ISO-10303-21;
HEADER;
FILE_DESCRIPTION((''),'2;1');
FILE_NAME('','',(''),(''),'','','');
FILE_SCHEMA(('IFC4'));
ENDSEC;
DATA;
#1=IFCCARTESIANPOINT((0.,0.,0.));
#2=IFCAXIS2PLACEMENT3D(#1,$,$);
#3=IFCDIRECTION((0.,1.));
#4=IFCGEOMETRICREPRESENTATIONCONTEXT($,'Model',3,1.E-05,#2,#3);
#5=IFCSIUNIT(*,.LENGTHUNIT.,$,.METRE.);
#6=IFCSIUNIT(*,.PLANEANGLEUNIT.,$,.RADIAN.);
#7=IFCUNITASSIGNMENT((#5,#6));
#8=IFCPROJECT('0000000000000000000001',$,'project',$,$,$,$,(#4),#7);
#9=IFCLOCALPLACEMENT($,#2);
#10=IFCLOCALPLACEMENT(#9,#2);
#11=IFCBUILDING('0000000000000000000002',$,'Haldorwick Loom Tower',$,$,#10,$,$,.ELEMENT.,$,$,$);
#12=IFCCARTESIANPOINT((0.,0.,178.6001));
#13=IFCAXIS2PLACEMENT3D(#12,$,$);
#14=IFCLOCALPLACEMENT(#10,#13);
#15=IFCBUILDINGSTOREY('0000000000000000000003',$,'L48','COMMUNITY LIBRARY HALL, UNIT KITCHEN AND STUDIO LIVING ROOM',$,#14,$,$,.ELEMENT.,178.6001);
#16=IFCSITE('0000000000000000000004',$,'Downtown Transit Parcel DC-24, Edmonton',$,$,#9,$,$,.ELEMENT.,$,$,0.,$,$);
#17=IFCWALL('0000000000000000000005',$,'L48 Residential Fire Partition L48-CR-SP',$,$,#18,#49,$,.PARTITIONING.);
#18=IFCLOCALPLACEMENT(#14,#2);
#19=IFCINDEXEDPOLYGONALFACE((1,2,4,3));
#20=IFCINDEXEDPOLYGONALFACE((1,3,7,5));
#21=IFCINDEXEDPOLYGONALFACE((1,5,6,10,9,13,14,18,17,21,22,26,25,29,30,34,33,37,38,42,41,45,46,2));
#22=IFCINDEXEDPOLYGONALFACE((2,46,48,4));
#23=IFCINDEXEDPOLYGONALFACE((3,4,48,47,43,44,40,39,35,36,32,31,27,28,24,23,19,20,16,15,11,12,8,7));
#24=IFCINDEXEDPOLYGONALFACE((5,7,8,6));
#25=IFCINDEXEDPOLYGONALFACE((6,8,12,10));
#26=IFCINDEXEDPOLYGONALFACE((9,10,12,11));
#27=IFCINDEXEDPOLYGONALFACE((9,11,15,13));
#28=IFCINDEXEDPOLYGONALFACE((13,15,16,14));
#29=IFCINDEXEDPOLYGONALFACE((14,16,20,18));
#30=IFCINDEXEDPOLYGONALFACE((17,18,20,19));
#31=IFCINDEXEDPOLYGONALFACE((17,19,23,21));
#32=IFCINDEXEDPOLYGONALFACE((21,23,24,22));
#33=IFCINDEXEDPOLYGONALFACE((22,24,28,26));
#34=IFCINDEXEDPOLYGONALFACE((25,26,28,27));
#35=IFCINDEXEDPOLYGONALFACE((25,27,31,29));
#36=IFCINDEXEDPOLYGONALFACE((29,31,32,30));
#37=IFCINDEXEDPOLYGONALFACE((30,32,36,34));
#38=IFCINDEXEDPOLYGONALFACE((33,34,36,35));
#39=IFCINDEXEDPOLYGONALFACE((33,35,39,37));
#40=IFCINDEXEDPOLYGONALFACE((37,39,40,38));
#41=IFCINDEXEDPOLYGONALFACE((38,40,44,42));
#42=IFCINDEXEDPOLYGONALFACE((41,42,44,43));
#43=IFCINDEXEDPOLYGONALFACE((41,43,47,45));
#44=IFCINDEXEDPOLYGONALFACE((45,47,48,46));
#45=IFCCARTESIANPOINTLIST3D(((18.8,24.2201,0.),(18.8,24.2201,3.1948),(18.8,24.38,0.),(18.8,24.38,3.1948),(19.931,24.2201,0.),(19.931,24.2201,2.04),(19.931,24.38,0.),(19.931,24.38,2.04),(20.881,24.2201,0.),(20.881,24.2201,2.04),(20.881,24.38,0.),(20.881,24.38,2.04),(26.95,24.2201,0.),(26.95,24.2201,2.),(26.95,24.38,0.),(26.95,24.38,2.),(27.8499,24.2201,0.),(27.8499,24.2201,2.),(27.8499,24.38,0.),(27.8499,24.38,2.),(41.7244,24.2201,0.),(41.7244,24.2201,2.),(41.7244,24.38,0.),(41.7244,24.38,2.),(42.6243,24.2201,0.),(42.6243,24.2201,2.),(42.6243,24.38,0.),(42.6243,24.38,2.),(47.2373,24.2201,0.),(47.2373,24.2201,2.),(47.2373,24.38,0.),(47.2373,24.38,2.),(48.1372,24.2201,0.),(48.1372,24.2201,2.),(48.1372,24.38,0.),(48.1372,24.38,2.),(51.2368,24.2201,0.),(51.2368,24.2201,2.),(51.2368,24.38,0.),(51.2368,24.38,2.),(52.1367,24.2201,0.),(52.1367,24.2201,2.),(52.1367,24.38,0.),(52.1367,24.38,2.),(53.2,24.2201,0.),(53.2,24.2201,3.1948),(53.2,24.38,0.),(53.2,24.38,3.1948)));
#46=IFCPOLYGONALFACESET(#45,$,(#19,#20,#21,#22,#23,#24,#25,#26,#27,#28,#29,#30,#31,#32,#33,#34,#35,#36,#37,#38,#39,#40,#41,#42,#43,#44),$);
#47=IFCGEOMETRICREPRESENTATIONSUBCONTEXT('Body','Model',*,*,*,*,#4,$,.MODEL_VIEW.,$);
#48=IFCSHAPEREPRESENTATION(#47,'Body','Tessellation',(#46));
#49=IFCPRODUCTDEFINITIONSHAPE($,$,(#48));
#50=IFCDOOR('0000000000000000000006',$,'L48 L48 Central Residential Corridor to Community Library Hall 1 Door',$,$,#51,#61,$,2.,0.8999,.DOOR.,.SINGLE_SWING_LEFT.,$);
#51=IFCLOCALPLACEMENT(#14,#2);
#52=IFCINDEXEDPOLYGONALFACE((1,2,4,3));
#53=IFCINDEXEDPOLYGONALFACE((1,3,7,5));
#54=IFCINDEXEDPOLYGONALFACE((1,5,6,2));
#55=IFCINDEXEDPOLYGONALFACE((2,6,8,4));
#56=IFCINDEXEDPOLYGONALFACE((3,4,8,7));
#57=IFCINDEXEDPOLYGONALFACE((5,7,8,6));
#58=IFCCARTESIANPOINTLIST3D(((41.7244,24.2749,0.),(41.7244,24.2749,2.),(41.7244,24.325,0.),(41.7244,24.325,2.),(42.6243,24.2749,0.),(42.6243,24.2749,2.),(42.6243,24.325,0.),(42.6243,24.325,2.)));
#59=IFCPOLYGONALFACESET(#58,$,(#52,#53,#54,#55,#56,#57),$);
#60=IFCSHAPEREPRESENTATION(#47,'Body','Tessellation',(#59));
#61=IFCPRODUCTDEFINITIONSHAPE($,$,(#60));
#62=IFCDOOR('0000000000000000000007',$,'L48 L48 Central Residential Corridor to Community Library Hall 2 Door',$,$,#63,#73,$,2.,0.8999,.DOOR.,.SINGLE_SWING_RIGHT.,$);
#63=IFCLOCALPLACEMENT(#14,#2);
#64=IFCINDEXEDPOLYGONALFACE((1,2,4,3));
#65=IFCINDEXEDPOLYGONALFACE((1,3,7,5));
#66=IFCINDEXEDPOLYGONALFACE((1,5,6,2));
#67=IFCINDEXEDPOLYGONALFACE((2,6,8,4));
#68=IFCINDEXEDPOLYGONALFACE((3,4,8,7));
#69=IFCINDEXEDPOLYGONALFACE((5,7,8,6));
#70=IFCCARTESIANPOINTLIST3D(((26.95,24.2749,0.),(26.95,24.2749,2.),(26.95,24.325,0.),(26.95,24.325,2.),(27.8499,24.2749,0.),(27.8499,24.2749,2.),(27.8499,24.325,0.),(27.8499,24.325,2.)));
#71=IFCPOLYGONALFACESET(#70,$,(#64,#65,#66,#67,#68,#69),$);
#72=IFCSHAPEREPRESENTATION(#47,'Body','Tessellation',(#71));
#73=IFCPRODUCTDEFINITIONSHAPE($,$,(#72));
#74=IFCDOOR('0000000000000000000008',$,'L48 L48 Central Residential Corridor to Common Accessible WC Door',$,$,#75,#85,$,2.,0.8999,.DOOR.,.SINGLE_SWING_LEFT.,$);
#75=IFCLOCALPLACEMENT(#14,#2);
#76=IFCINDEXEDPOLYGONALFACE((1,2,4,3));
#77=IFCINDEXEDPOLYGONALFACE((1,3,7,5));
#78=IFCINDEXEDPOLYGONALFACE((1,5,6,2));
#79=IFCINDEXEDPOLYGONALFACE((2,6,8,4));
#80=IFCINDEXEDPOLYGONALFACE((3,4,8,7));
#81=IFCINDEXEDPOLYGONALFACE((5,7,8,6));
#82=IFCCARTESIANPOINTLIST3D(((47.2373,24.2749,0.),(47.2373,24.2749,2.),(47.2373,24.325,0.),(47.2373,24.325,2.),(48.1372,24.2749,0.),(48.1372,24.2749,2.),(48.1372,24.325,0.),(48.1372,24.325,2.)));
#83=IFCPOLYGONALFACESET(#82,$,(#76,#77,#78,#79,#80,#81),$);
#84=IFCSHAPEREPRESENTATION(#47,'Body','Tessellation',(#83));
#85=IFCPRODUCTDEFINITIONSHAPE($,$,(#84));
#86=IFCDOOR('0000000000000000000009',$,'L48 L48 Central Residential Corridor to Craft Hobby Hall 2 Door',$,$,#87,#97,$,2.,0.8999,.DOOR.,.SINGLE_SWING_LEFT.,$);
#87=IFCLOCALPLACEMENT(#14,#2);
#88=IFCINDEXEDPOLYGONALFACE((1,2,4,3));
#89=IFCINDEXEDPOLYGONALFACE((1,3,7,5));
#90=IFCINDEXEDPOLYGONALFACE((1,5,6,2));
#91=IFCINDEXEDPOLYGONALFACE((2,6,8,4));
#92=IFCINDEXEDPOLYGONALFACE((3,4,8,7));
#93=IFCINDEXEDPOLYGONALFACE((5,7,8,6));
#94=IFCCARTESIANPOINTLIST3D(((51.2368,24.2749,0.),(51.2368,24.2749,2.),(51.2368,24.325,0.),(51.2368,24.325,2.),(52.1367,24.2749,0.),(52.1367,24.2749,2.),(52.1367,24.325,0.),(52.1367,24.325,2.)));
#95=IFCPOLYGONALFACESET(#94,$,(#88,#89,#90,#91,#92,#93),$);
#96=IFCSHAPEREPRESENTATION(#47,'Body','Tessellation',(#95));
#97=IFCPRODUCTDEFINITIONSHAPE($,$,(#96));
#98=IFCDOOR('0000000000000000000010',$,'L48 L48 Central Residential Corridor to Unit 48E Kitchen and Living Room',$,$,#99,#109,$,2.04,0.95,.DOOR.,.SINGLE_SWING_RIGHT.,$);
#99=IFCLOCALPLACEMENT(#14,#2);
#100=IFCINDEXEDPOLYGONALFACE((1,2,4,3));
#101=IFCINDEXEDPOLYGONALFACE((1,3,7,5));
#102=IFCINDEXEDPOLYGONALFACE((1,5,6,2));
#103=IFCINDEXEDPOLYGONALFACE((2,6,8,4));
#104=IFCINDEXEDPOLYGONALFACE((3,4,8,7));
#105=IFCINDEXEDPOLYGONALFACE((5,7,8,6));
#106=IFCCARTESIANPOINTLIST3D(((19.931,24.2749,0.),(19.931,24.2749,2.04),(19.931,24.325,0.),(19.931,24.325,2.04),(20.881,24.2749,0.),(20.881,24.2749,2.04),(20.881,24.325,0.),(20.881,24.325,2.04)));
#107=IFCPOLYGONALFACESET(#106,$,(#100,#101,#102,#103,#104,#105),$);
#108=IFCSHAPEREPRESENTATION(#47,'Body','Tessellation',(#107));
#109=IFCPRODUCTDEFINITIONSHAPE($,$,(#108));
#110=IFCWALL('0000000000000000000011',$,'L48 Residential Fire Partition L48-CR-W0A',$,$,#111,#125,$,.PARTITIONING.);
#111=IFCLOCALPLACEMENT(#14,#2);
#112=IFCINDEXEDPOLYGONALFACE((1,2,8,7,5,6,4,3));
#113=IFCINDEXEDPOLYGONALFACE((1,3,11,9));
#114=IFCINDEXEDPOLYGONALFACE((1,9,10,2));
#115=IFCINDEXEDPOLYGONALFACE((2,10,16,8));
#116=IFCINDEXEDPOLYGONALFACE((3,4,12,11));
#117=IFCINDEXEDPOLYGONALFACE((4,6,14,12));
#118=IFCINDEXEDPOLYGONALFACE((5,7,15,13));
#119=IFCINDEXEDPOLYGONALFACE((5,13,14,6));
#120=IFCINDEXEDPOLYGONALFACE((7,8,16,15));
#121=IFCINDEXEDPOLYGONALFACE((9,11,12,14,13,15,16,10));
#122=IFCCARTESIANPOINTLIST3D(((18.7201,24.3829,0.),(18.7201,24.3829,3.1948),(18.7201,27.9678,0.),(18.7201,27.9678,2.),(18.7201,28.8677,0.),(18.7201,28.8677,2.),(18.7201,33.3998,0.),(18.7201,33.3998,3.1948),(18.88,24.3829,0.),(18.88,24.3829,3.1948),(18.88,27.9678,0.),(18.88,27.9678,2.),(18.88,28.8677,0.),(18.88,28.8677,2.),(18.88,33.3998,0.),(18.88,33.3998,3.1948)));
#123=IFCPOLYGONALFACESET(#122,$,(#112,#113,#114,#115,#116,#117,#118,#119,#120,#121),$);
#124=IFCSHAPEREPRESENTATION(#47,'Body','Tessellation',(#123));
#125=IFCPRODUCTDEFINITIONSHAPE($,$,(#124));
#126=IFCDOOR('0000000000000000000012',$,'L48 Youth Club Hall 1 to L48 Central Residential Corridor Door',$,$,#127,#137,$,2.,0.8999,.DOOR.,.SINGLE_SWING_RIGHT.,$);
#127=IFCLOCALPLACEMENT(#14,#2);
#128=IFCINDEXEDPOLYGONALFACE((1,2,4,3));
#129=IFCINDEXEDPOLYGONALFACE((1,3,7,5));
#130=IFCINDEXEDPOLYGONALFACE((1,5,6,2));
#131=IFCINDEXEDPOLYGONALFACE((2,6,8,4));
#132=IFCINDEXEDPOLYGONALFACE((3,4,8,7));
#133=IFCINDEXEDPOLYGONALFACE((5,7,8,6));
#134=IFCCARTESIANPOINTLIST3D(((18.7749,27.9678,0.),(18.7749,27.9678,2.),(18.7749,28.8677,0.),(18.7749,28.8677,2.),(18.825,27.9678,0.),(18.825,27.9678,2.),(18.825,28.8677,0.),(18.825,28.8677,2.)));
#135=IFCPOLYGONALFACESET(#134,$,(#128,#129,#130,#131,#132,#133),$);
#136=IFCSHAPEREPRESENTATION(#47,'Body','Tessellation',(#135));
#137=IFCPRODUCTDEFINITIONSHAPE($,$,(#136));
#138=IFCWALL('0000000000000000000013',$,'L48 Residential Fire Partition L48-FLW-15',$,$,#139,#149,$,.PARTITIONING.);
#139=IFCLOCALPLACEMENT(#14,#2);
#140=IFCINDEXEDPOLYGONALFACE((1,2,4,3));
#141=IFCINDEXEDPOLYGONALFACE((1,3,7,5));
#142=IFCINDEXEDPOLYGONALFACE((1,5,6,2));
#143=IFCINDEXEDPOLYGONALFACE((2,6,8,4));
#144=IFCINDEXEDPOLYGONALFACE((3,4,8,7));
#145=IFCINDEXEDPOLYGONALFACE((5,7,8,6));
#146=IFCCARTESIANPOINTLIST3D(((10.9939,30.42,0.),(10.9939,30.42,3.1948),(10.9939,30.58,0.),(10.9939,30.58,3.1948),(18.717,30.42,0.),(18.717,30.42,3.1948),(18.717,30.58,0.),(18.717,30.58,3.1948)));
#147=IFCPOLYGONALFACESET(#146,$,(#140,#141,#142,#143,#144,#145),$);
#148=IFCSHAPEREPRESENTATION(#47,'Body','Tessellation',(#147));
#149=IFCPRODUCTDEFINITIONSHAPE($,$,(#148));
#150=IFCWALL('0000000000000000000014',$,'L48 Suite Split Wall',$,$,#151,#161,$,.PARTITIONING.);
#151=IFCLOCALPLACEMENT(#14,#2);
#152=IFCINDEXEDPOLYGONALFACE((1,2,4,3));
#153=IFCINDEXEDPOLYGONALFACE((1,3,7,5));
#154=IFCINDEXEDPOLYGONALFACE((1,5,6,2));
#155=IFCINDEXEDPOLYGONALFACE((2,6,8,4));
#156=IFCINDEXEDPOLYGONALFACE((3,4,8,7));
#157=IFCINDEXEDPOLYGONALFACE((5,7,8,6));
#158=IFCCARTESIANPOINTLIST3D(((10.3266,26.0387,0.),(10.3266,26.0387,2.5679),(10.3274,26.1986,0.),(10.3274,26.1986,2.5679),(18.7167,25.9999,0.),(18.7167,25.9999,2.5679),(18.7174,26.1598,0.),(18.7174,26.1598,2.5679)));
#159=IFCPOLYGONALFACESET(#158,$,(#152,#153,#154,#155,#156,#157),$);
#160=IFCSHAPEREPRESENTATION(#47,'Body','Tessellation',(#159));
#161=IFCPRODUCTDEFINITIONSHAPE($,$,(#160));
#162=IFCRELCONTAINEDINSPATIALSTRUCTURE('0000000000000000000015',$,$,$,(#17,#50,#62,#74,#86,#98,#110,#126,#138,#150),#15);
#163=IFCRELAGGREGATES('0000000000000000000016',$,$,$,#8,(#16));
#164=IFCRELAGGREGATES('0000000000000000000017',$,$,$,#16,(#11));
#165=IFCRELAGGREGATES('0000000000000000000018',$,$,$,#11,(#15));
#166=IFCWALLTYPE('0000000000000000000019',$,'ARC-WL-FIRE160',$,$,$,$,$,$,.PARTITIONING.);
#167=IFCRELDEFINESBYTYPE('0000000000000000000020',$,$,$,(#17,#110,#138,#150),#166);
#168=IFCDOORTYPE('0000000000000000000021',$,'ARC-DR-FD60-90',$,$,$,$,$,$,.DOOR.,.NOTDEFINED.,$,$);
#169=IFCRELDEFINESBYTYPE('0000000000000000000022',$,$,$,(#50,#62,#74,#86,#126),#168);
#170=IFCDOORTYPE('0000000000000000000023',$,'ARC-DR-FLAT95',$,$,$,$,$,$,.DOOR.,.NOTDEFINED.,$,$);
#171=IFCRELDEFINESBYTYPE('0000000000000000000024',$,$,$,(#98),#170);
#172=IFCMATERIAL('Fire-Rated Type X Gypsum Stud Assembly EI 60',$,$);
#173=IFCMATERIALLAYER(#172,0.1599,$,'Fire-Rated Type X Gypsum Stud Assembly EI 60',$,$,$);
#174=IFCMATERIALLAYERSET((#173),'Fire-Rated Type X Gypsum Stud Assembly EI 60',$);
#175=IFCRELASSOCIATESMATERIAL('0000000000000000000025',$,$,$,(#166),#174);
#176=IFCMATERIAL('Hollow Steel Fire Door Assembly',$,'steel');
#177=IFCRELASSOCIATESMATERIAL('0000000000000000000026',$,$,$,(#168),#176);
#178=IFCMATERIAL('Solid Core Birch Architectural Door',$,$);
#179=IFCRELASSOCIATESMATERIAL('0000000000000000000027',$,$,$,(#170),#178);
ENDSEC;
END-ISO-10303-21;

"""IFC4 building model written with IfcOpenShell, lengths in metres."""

from ifc_helpers import new_model, si_unit, direction, frame, frame_2d, origin, place, context, subcontext, project, spatial, rectangle, extrude, material, layer, layer_set, type_object, element, fill, save


model = new_model("IFC4")

# Units and contexts
model_context = context("Model", 3, precision=1e-05, world=origin(), true_north=direction((0.0, 1.0)))
body_context = subcontext(model_context, "Body", "Model", "MODEL_VIEW")
ifc_project = project(units=[si_unit("LENGTHUNIT", "METRE"), si_unit("PLANEANGLEUNIT", "RADIAN")], contexts=[model_context])

# Site, building, storey
site_placement = place(None, origin())
site = spatial("IfcSite", under=ifc_project, at=site_placement, Name="Downtown Transit Parcel DC-24, Edmonton", CompositionType="ELEMENT", RefElevation=0.0)
building_placement = place(site_placement, origin())
building = spatial("IfcBuilding", under=site, at=building_placement, Name="Haldorwick Loom Tower", CompositionType="ELEMENT")
storey_placement = place(building_placement, frame((0.0, 0.0, 178.6001)))
storey = spatial("IfcBuildingStorey", under=building, at=storey_placement, Name="L48", Description="COMMUNITY LIBRARY HALL, UNIT KITCHEN AND STUDIO LIVING ROOM", CompositionType="ELEMENT", Elevation=178.6001)

# Wall, openings, doors
ifc_material_1 = material(Name="Fire-Rated Type X Gypsum Stud Assembly EI 60")
ifc_layer_1 = layer(ifc_material_1, 0.1599, Name="Fire-Rated Type X Gypsum Stud Assembly EI 60")
ifc_layer_set_1 = layer_set([ifc_layer_1], Name="Fire-Rated Type X Gypsum Stud Assembly EI 60")
wall_type_1 = type_object("IfcWallType", Name="ARC-WL-FIRE160", PredefinedType="PARTITIONING", material=ifc_layer_set_1)
wall_1_placement = place(storey_placement, frame((18.8, 24.3, 0.0), z_axis=(0.0, 0.0, 1.0), x_axis=(1.0, 0.0, 0.0)))
wall_1 = element("IfcWall", 1, at=wall_1_placement, inside=storey, type_object=wall_type_1, Name="L48 Residential Fire Partition L48-CR-SP", PredefinedType="PARTITIONING", context=body_context, shape_type="SweptSolid", body=[
    extrude(rectangle(XDim=34.3999, YDim=0.1599, at=frame_2d((17.2, 0.0))), origin(), (0.0, 0.0, 1.0), 3.1948),
])
opening_1_placement = place(wall_1_placement, frame((22.9243, 0.0, 0.0)))
opening_1 = element("IfcOpeningElement", 2, at=opening_1_placement, cuts=wall_1, PredefinedType="OPENING", context=body_context, shape_type="SweptSolid", body=[
    extrude(rectangle(XDim=0.8999, YDim=2.0, at=frame_2d((0.45, 1.0))), frame((0.0, 0.0898, 0.0), z_axis=(0.0, -1.0, 0.0), x_axis=(1.0, 0.0, 0.0)), (0.0, 0.0, 1.0), 0.1799),
])
opening_2_placement = place(wall_1_placement, frame((8.1499, 0.0, 0.0)))
opening_2 = element("IfcOpeningElement", 3, at=opening_2_placement, cuts=wall_1, PredefinedType="OPENING", context=body_context, shape_type="SweptSolid", body=[
    extrude(rectangle(XDim=0.8999, YDim=2.0, at=frame_2d((0.45, 1.0))), frame((0.0, 0.0898, 0.0), z_axis=(0.0, -1.0, 0.0), x_axis=(1.0, 0.0, 0.0)), (0.0, 0.0, 1.0), 0.1799),
])
opening_3_placement = place(wall_1_placement, frame((28.4373, 0.0, 0.0)))
opening_3 = element("IfcOpeningElement", 4, at=opening_3_placement, cuts=wall_1, PredefinedType="OPENING", context=body_context, shape_type="SweptSolid", body=[
    extrude(rectangle(XDim=0.8999, YDim=2.0, at=frame_2d((0.45, 1.0))), frame((0.0, 0.0898, 0.0), z_axis=(0.0, -1.0, 0.0), x_axis=(1.0, 0.0, 0.0)), (0.0, 0.0, 1.0), 0.1799),
])
opening_4_placement = place(wall_1_placement, frame((1.1309, 0.0, 0.0)))
opening_4 = element("IfcOpeningElement", 5, at=opening_4_placement, cuts=wall_1, PredefinedType="OPENING", context=body_context, shape_type="SweptSolid", body=[
    extrude(rectangle(XDim=0.95, YDim=2.04, at=frame_2d((0.4751, 1.02))), frame((0.0, 0.0898, 0.0), z_axis=(0.0, -1.0, 0.0), x_axis=(1.0, 0.0, 0.0)), (0.0, 0.0, 1.0), 0.1799),
])
opening_5_placement = place(wall_1_placement, frame((32.4368, 0.0, 0.0)))
opening_5 = element("IfcOpeningElement", 6, at=opening_5_placement, cuts=wall_1, PredefinedType="OPENING", context=body_context, shape_type="SweptSolid", body=[
    extrude(rectangle(XDim=0.8999, YDim=2.0, at=frame_2d((0.45, 1.0))), frame((0.0, 0.0898, 0.0), z_axis=(0.0, -1.0, 0.0), x_axis=(1.0, 0.0, 0.0)), (0.0, 0.0, 1.0), 0.1799),
])
ifc_material_2 = material(Name="Hollow Steel Fire Door Assembly", Category="steel")
door_type_1 = type_object("IfcDoorType", Name="ARC-DR-FD60-90", OperationType="NOTDEFINED", PredefinedType="DOOR", material=ifc_material_2)
door_1_placement = place(opening_1_placement, origin())
door_1 = element("IfcDoor", 7, at=door_1_placement, inside=storey, type_object=door_type_1, Name="L48 L48 Central Residential Corridor to Community Library Hall 1 Door", OperationType="SINGLE_SWING_LEFT", OverallHeight=2.0, OverallWidth=0.8999, PredefinedType="DOOR", context=body_context, shape_type="SweptSolid", body=[
    extrude(rectangle(XDim=0.8999, YDim=2.0, at=frame_2d((0.45, 1.0))), frame((0.0, 0.0249, 0.0), z_axis=(0.0, -1.0, 0.0), x_axis=(1.0, 0.0, 0.0)), (0.0, 0.0, 1.0), 0.05),
])
fill(opening_1, door_1)
door_2_placement = place(opening_2_placement, origin())
door_2 = element("IfcDoor", 8, at=door_2_placement, inside=storey, type_object=door_type_1, Name="L48 L48 Central Residential Corridor to Community Library Hall 2 Door", OperationType="SINGLE_SWING_RIGHT", OverallHeight=2.0, OverallWidth=0.8999, PredefinedType="DOOR", context=body_context, shape_type="SweptSolid", body=[
    extrude(rectangle(XDim=0.8999, YDim=2.0, at=frame_2d((0.45, 1.0))), frame((0.0, 0.0249, 0.0), z_axis=(0.0, -1.0, 0.0), x_axis=(1.0, 0.0, 0.0)), (0.0, 0.0, 1.0), 0.05),
])
fill(opening_2, door_2)
door_3_placement = place(opening_3_placement, origin())
door_3 = element("IfcDoor", 9, at=door_3_placement, inside=storey, type_object=door_type_1, Name="L48 L48 Central Residential Corridor to Common Accessible WC Door", OperationType="SINGLE_SWING_LEFT", OverallHeight=2.0, OverallWidth=0.8999, PredefinedType="DOOR", context=body_context, shape_type="SweptSolid", body=[
    extrude(rectangle(XDim=0.8999, YDim=2.0, at=frame_2d((0.45, 1.0))), frame((0.0, 0.0249, 0.0), z_axis=(0.0, -1.0, 0.0), x_axis=(1.0, 0.0, 0.0)), (0.0, 0.0, 1.0), 0.05),
])
fill(opening_3, door_3)
door_4_placement = place(opening_5_placement, origin())
door_4 = element("IfcDoor", 10, at=door_4_placement, inside=storey, type_object=door_type_1, Name="L48 L48 Central Residential Corridor to Craft Hobby Hall 2 Door", OperationType="SINGLE_SWING_LEFT", OverallHeight=2.0, OverallWidth=0.8999, PredefinedType="DOOR", context=body_context, shape_type="SweptSolid", body=[
    extrude(rectangle(XDim=0.8999, YDim=2.0, at=frame_2d((0.45, 1.0))), frame((0.0, 0.0249, 0.0), z_axis=(0.0, -1.0, 0.0), x_axis=(1.0, 0.0, 0.0)), (0.0, 0.0, 1.0), 0.05),
])
fill(opening_5, door_4)
ifc_material_3 = material(Name="Solid Core Birch Architectural Door")
door_type_2 = type_object("IfcDoorType", Name="ARC-DR-FLAT95", OperationType="NOTDEFINED", PredefinedType="DOOR", material=ifc_material_3)
door_5_placement = place(opening_4_placement, origin())
door_5 = element("IfcDoor", 11, at=door_5_placement, inside=storey, type_object=door_type_2, Name="L48 L48 Central Residential Corridor to Unit 48E Kitchen and Living Room", OperationType="SINGLE_SWING_RIGHT", OverallHeight=2.04, OverallWidth=0.95, PredefinedType="DOOR", context=body_context, shape_type="SweptSolid", body=[
    extrude(rectangle(XDim=0.95, YDim=2.04, at=frame_2d((0.4751, 1.02))), frame((0.0, 0.0249, 0.0), z_axis=(0.0, -1.0, 0.0), x_axis=(1.0, 0.0, 0.0)), (0.0, 0.0, 1.0), 0.05),
])
fill(opening_4, door_5)

# Wall, opening, door
wall_2_placement = place(storey_placement, frame((18.8, 24.3831, 0.0), z_axis=(0.0, 0.0, 1.0), x_axis=(0.0, 1.0, 0.0)))
wall_2 = element("IfcWall", 12, at=wall_2_placement, inside=storey, type_object=wall_type_1, Name="L48 Residential Fire Partition L48-CR-W0A", PredefinedType="PARTITIONING", context=body_context, shape_type="SweptSolid", body=[
    extrude(rectangle(XDim=9.0168, YDim=0.1599, at=frame_2d((4.5083, 0.0))), origin(), (0.0, 0.0, 1.0), 3.1948),
])
opening_6_placement = place(wall_2_placement, frame((3.5847, 0.0, 0.0)))
opening_6 = element("IfcOpeningElement", 13, at=opening_6_placement, cuts=wall_2, PredefinedType="OPENING", context=body_context, shape_type="SweptSolid", body=[
    extrude(rectangle(XDim=0.8999, YDim=2.0, at=frame_2d((0.45, 1.0))), frame((0.0, 0.0898, 0.0), z_axis=(0.0, -1.0, 0.0), x_axis=(1.0, 0.0, 0.0)), (0.0, 0.0, 1.0), 0.1799),
])
door_6_placement = place(opening_6_placement, frame((0.8999, 0.0, 0.0), z_axis=(0.0, 0.0, 1.0), x_axis=(-1.0, 0.0, 0.0)))
door_6 = element("IfcDoor", 14, at=door_6_placement, inside=storey, type_object=door_type_1, Name="L48 Youth Club Hall 1 to L48 Central Residential Corridor Door", OperationType="SINGLE_SWING_RIGHT", OverallHeight=2.0, OverallWidth=0.8999, PredefinedType="DOOR", context=body_context, shape_type="SweptSolid", body=[
    extrude(rectangle(XDim=0.8999, YDim=2.0, at=frame_2d((0.45, 1.0))), frame((0.0, 0.0249, 0.0), z_axis=(0.0, -1.0, 0.0), x_axis=(1.0, 0.0, 0.0)), (0.0, 0.0, 1.0), 0.05),
])
fill(opening_6, door_6)

# Walls
wall_3_placement = place(storey_placement, frame((10.9939, 30.5, 0.0), z_axis=(0.0, 0.0, 1.0), x_axis=(1.0, 0.0, 0.0)))
element("IfcWall", 15, at=wall_3_placement, inside=storey, type_object=wall_type_1, Name="L48 Residential Fire Partition L48-FLW-15", PredefinedType="PARTITIONING", context=body_context, shape_type="SweptSolid", body=[
    extrude(rectangle(XDim=7.7231, YDim=0.1599, at=frame_2d((3.8616, 0.0))), origin(), (0.0, 0.0, 1.0), 3.1948),
])
wall_4_placement = place(storey_placement, frame((18.717, 26.0798, 0.0), z_axis=(0.0, 0.0, 1.0), x_axis=(-0.999989, 0.004627, 0.0)))
element("IfcWall", 16, at=wall_4_placement, inside=storey, type_object=wall_type_1, Name="L48 Suite Split Wall", PredefinedType="PARTITIONING", context=body_context, shape_type="SweptSolid", body=[
    extrude(rectangle(XDim=8.3901, YDim=0.1599, at=frame_2d((4.1951, 0.0))), origin(), (0.0, 0.0, 1.0), 2.5679),
])

save(model, "model.ifc")
